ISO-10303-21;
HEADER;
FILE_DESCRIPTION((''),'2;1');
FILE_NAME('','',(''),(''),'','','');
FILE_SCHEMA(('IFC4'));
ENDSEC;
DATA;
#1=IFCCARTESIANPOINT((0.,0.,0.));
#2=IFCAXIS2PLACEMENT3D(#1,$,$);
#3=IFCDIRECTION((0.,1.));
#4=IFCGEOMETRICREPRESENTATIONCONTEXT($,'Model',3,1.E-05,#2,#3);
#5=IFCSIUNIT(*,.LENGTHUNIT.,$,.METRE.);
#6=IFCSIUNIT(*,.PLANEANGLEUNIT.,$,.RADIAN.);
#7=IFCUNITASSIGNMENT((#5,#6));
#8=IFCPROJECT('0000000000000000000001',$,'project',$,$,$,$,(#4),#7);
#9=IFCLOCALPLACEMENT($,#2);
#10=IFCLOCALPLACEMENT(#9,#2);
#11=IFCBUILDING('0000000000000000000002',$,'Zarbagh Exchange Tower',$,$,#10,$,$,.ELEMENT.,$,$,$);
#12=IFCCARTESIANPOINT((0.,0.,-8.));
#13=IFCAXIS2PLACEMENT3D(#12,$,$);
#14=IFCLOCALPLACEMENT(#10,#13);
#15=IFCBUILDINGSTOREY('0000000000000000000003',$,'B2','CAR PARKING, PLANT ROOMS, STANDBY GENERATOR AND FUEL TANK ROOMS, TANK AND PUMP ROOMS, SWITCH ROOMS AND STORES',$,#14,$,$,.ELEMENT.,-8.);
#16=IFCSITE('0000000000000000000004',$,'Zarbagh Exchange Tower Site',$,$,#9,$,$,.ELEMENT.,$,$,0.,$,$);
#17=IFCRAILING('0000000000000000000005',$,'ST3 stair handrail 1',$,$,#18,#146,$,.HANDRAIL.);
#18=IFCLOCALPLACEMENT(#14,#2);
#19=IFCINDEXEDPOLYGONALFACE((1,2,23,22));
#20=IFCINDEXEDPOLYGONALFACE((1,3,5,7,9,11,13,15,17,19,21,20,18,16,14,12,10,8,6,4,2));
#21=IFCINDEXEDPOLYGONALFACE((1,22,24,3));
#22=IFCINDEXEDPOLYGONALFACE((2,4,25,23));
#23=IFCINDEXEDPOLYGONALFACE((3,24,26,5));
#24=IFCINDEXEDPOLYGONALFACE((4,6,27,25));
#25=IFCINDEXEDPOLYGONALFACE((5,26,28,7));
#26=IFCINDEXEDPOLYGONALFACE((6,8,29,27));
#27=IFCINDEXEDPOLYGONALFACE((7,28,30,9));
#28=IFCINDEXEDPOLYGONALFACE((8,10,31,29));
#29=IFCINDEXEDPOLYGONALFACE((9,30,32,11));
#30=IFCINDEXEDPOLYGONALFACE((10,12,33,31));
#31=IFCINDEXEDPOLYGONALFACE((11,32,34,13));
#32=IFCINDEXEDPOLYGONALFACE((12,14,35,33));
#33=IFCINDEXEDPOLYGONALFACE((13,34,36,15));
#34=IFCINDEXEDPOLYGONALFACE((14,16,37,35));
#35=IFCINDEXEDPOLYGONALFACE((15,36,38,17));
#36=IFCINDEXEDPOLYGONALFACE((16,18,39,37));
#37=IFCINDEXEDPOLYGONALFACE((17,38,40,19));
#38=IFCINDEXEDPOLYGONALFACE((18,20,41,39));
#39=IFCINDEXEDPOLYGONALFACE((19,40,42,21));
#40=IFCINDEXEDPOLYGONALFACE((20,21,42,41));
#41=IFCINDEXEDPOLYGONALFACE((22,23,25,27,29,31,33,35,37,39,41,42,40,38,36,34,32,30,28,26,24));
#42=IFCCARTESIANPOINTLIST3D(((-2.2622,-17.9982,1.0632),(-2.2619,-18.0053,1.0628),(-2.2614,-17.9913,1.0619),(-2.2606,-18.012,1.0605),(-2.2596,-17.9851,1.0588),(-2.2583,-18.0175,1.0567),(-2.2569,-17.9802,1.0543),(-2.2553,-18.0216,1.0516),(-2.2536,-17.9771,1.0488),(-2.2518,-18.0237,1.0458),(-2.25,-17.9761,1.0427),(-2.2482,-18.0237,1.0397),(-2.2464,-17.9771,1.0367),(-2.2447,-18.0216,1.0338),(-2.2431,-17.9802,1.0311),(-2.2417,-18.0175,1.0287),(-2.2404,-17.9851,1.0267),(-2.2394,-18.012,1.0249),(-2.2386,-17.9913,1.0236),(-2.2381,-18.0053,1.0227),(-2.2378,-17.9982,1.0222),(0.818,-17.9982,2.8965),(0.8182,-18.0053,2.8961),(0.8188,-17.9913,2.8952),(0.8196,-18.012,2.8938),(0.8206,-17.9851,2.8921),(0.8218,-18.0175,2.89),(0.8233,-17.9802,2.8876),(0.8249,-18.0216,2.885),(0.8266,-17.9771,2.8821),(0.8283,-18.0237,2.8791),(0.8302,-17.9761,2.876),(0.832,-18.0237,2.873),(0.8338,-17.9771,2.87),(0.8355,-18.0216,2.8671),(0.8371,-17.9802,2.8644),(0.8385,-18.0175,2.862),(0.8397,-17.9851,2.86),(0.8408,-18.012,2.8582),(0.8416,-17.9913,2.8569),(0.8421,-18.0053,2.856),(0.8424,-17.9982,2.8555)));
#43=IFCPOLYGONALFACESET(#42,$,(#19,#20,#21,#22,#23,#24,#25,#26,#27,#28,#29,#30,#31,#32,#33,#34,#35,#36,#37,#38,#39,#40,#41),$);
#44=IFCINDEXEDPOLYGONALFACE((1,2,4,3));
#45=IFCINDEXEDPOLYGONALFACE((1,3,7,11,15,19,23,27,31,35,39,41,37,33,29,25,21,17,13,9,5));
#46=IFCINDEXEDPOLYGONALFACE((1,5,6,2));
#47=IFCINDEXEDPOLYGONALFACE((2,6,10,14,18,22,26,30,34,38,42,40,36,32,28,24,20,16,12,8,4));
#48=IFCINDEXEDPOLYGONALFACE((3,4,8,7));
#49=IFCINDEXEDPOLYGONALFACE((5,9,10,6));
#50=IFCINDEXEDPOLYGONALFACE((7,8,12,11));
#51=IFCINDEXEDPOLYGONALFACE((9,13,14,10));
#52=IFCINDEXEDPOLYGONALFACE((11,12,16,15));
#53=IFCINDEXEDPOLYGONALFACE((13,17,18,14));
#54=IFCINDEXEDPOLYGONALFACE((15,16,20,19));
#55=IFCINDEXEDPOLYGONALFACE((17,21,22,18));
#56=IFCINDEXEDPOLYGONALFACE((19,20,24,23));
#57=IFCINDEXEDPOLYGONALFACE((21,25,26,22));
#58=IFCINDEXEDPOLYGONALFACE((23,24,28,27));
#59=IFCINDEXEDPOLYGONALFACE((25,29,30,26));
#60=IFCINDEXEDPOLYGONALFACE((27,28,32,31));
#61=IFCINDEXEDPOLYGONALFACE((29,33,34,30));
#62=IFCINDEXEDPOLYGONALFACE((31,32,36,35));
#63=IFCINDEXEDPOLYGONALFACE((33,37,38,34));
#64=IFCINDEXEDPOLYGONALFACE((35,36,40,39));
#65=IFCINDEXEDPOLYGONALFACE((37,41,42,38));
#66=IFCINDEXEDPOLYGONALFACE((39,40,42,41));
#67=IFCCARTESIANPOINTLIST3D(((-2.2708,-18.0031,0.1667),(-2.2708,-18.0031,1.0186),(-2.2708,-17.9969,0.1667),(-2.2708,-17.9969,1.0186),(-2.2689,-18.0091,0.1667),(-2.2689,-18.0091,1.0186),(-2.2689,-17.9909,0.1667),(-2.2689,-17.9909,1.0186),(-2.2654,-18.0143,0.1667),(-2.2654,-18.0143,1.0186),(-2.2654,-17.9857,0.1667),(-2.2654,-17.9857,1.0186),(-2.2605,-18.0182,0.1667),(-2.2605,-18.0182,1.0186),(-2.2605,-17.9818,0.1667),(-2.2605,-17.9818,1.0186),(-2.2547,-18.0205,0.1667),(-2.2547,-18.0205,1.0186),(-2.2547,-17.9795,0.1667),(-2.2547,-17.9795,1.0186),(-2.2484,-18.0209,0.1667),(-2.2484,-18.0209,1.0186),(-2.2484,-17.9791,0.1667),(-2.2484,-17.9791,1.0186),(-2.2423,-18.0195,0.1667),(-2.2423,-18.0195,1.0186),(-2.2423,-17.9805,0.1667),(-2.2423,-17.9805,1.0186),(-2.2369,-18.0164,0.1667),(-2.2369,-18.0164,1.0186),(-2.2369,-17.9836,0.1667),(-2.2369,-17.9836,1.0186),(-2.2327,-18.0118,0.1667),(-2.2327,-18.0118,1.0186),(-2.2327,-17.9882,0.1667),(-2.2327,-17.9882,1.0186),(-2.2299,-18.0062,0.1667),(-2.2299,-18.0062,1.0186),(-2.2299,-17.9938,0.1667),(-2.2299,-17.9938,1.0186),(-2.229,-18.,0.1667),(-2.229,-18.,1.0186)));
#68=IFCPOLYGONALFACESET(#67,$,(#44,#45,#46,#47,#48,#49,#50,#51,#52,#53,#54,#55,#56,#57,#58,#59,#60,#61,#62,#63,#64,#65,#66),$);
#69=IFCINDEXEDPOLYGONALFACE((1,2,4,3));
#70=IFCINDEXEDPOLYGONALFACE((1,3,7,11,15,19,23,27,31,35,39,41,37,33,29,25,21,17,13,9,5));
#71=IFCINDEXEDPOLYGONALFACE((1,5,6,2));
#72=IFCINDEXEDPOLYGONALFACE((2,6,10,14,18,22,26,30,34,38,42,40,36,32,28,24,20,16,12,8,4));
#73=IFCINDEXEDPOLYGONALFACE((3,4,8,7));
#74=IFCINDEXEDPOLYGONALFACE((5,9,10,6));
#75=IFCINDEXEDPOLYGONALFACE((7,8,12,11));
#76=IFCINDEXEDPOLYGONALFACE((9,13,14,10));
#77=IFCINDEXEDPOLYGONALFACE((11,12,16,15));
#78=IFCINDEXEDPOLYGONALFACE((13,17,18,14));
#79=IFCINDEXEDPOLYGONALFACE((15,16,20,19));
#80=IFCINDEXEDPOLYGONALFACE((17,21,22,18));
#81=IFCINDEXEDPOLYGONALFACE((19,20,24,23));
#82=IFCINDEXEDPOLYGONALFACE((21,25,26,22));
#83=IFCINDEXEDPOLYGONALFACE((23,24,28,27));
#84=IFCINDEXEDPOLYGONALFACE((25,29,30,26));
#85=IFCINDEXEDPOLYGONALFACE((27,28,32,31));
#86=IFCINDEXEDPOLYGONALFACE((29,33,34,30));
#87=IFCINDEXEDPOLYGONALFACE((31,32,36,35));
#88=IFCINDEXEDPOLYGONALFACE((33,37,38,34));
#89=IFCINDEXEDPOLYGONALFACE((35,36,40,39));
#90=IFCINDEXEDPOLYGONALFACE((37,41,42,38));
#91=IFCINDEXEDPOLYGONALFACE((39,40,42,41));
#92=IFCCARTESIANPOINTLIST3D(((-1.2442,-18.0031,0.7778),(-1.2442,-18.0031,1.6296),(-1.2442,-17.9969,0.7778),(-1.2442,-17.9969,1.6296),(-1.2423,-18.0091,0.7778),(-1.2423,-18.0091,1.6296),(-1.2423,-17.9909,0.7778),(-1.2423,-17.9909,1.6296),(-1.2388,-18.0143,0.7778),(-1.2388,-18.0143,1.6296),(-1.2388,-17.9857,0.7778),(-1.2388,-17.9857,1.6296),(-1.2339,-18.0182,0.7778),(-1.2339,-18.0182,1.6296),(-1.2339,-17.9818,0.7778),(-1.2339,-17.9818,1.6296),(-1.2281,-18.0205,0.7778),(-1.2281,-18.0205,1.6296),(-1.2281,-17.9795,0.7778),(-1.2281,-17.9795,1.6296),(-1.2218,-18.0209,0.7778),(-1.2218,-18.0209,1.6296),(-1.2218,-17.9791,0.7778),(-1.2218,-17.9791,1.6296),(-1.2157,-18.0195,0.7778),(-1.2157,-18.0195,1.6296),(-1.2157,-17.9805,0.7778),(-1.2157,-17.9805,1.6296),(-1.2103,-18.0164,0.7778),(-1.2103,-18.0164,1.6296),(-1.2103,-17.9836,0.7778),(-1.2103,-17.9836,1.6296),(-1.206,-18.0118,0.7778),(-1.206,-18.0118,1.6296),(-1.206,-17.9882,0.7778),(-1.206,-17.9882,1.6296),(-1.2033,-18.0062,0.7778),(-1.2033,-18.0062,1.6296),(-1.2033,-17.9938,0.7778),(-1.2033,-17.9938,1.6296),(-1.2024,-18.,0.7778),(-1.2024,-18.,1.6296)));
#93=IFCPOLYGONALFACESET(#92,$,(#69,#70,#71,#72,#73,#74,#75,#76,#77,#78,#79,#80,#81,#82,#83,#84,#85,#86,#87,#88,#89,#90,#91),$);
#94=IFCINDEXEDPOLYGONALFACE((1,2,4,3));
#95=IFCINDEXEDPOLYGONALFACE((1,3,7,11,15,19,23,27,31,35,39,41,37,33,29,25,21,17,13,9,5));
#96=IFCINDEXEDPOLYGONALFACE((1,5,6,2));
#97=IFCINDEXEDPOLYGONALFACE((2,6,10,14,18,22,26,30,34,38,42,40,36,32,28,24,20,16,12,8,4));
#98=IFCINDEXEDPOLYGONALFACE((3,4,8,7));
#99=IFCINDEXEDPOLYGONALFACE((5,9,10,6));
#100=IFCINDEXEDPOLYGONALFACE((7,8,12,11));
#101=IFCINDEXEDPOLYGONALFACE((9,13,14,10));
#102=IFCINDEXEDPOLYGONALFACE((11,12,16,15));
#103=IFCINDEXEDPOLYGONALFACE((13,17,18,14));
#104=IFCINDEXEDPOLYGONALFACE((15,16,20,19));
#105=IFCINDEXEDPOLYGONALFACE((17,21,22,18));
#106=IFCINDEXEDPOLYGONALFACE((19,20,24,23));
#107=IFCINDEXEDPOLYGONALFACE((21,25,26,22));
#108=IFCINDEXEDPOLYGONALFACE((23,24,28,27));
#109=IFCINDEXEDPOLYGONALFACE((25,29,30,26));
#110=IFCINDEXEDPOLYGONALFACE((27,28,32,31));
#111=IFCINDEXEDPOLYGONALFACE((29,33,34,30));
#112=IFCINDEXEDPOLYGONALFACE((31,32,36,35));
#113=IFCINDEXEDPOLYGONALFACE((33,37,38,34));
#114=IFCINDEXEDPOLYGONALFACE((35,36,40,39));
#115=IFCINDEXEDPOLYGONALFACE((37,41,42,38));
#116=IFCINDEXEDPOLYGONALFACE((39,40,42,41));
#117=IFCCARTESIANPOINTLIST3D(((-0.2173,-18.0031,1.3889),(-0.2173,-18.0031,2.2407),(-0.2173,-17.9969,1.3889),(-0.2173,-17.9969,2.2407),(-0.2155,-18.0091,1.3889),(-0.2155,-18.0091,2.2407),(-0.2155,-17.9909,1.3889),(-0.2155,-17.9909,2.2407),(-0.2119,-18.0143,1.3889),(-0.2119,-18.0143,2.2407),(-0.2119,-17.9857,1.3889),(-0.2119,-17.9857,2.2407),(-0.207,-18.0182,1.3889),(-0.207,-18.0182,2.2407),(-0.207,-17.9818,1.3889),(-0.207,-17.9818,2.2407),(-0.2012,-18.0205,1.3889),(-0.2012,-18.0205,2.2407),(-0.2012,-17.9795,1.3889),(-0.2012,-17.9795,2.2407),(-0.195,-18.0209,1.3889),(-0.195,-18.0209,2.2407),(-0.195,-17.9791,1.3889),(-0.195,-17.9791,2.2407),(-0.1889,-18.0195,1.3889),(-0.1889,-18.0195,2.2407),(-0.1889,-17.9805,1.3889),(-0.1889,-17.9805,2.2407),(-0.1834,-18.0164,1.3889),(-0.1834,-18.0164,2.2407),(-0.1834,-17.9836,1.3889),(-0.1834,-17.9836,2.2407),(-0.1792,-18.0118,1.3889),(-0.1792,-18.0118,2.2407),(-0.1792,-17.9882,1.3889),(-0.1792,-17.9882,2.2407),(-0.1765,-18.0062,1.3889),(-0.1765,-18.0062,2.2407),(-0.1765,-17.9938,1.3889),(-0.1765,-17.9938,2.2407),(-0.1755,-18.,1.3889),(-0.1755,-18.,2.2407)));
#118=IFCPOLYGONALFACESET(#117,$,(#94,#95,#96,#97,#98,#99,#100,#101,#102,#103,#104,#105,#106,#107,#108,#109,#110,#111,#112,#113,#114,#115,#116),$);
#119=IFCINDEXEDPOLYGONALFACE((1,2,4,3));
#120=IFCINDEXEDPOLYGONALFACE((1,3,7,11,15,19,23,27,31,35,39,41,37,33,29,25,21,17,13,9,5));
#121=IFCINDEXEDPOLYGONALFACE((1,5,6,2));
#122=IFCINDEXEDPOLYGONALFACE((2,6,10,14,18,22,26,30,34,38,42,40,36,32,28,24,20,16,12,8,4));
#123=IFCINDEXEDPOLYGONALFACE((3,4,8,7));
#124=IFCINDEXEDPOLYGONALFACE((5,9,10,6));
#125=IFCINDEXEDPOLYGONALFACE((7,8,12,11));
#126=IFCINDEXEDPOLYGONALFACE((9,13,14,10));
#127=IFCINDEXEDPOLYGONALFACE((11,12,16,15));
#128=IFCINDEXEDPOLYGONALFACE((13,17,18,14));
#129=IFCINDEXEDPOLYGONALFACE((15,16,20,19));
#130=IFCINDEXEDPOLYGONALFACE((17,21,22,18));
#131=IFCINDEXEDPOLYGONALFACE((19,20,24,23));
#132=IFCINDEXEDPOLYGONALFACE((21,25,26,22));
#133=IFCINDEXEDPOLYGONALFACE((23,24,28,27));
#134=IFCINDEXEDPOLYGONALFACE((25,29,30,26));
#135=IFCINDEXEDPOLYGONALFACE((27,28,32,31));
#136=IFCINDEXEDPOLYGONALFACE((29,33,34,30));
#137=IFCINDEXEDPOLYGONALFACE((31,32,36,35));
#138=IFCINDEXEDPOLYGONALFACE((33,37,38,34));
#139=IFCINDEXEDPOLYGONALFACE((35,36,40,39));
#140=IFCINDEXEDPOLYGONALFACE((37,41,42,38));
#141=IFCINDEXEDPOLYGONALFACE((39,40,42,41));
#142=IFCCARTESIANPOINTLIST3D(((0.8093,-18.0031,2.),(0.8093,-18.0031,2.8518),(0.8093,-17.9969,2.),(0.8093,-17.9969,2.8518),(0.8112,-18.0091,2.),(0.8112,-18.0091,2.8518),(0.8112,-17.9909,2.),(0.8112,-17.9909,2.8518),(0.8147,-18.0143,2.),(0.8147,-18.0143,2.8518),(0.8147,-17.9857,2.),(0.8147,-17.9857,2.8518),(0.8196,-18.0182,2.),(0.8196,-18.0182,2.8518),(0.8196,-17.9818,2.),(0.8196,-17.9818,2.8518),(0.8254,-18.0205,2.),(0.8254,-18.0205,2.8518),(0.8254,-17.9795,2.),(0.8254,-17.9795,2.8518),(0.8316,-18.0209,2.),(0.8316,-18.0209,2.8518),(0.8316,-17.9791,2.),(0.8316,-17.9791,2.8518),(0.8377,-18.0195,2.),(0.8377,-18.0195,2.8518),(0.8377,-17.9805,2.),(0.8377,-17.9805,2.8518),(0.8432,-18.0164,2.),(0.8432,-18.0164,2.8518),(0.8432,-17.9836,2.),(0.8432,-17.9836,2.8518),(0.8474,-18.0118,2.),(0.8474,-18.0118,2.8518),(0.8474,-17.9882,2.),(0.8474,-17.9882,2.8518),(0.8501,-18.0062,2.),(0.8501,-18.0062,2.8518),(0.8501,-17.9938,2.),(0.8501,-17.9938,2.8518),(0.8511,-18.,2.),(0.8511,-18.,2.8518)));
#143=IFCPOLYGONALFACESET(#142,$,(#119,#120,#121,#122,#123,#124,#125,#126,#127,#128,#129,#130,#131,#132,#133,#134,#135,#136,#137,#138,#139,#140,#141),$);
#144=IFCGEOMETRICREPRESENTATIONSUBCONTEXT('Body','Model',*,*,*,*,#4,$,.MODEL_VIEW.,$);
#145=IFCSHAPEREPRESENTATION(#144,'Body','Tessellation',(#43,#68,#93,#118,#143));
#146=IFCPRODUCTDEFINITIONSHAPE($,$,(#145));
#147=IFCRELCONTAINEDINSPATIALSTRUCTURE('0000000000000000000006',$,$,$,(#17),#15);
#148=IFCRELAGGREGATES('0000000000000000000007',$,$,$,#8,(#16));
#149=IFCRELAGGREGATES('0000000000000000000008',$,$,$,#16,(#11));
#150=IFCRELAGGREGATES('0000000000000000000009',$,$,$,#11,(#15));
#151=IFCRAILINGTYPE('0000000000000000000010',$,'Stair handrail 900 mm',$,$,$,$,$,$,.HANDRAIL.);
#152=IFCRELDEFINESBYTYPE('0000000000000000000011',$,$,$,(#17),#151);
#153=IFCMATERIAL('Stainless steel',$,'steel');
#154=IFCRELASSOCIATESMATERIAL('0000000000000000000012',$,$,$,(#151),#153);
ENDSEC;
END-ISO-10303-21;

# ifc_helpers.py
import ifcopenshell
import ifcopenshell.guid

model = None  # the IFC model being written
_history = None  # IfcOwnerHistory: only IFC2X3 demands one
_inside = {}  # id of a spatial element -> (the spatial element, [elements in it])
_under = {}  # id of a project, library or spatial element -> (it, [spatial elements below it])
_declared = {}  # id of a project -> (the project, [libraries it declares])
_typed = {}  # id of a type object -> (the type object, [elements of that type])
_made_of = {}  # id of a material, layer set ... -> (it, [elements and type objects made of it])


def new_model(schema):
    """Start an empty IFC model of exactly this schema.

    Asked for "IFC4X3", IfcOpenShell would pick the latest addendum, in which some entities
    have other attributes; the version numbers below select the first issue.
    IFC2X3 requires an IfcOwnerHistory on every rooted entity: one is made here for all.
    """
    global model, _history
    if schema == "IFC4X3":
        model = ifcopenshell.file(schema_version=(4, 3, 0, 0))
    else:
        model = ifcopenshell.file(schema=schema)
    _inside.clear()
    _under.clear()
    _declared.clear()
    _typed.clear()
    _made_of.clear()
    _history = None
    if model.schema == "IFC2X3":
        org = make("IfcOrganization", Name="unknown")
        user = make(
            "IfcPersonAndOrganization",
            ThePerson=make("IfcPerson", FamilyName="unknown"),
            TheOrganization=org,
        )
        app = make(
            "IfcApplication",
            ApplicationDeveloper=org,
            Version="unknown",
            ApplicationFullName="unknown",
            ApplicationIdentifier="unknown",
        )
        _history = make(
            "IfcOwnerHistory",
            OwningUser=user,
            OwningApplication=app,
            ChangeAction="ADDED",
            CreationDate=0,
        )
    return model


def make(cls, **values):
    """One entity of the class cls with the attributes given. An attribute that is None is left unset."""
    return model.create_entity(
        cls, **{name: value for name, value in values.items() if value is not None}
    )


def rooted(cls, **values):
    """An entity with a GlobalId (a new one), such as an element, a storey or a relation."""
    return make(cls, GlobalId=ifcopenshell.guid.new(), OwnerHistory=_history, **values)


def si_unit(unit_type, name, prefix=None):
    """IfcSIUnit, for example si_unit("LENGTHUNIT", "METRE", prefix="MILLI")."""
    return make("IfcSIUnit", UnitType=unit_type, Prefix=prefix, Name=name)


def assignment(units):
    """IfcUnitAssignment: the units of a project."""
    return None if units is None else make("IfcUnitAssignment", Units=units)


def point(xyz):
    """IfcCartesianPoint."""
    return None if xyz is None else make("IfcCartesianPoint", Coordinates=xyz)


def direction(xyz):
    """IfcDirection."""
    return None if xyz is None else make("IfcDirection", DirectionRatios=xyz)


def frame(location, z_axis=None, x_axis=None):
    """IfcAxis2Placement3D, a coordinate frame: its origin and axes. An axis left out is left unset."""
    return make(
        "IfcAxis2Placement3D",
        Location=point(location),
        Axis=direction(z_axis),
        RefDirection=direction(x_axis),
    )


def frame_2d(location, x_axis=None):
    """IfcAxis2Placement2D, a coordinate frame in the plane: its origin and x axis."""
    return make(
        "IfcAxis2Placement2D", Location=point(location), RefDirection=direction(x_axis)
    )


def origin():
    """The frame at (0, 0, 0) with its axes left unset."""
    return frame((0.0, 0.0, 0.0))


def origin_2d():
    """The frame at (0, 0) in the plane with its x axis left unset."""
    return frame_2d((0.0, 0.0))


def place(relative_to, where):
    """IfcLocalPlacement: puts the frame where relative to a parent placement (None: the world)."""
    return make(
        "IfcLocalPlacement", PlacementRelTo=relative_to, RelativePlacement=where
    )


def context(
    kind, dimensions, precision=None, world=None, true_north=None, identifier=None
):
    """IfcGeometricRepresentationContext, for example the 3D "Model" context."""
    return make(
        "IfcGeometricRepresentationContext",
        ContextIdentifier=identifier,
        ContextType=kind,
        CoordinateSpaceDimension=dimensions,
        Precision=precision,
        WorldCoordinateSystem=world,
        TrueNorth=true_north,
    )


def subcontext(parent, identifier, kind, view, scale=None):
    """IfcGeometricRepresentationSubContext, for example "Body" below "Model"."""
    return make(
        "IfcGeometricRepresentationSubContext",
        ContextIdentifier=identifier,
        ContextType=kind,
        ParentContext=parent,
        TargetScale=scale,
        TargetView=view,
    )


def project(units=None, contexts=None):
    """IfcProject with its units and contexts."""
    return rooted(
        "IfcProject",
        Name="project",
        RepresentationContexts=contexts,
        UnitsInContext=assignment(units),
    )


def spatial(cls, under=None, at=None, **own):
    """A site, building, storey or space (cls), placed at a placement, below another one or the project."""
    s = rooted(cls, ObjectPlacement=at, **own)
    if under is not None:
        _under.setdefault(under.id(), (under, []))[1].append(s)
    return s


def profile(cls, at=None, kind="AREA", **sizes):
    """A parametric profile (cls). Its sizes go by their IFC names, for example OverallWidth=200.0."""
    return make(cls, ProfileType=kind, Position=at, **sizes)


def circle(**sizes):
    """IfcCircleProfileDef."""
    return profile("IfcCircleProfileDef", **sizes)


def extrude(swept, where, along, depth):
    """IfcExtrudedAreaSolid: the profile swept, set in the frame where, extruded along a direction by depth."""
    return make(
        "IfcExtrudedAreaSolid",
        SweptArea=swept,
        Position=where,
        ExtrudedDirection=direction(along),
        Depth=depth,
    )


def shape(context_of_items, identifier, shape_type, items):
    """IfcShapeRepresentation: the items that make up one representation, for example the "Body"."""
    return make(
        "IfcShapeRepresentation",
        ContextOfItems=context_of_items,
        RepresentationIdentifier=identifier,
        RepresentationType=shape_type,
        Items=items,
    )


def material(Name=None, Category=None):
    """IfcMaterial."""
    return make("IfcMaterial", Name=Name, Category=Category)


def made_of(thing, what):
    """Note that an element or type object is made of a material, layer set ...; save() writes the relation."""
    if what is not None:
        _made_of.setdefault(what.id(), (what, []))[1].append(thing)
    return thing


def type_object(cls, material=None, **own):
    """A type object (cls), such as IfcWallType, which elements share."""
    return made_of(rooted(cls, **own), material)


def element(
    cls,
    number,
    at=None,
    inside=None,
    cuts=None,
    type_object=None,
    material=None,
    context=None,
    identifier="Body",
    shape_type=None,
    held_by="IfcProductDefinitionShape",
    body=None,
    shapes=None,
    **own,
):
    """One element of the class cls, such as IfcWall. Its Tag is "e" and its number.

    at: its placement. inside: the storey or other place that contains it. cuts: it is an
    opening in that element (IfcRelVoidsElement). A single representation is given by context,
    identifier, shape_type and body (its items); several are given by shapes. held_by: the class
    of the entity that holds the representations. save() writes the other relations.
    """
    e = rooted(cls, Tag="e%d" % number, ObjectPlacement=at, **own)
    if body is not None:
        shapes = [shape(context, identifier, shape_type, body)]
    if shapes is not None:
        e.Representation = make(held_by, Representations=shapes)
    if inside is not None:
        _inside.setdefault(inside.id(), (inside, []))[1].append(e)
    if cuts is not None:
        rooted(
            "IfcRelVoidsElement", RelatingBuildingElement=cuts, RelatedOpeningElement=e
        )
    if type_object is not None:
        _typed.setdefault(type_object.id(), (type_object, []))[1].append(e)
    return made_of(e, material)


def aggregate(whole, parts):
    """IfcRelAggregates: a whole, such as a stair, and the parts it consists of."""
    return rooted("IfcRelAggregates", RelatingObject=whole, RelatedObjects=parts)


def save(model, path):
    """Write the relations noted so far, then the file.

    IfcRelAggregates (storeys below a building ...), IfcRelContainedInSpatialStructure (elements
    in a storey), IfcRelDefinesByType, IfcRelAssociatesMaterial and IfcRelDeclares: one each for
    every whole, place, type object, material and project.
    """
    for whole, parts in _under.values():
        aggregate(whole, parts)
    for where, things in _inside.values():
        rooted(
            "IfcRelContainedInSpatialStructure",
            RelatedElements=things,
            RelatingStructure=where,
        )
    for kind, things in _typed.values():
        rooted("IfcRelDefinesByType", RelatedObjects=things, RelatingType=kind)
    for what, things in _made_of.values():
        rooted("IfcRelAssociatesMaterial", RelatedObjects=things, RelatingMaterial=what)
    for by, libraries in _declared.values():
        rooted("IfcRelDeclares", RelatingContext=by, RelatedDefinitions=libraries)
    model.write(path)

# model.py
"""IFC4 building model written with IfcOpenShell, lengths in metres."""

from ifc_helpers import new_model, si_unit, direction, frame, origin, origin_2d, place, context, subcontext, project, spatial, circle, extrude, material, type_object, element, save


model = new_model("IFC4")

# Units and contexts
model_context = context("Model", 3, precision=1e-05, world=origin(), true_north=direction((0.0, 1.0)))
body_context = subcontext(model_context, "Body", "Model", "MODEL_VIEW")
ifc_project = project(units=[si_unit("LENGTHUNIT", "METRE"), si_unit("PLANEANGLEUNIT", "RADIAN")], contexts=[model_context])

# Site, building, storey
site_placement = place(None, origin())
site = spatial("IfcSite", under=ifc_project, at=site_placement, Name="Zarbagh Exchange Tower Site", CompositionType="ELEMENT", RefElevation=0.0)
building_placement = place(site_placement, origin())
building = spatial("IfcBuilding", under=site, at=building_placement, Name="Zarbagh Exchange Tower", CompositionType="ELEMENT")
storey_placement = place(building_placement, frame((0.0, 0.0, -8.0)))
storey = spatial("IfcBuildingStorey", under=building, at=storey_placement, Name="B2", Description="CAR PARKING, PLANT ROOMS, STANDBY GENERATOR AND FUEL TANK ROOMS, TANK AND PUMP ROOMS, SWITCH ROOMS AND STORES", CompositionType="ELEMENT", Elevation=-8.0)

# Shared definitions
ifc_material_1 = material(Name="Stainless steel", Category="steel")

# Railing
railing_type = type_object("IfcRailingType", Name="Stair handrail 900 mm", PredefinedType="HANDRAIL", material=ifc_material_1)
railing_placement = place(storey_placement, frame((-2.25, -18.0, 0.1667)))
element("IfcRailing", 1, at=railing_placement, inside=storey, type_object=railing_type, Name="ST3 stair handrail 1", PredefinedType="HANDRAIL", context=body_context, shape_type="SweptSolid", body=[
    extrude(circle(Radius=0.0239, at=origin_2d()), frame((0.0, 0.0, 0.876), z_axis=(0.859309, 0.0, 0.511458), x_axis=(0.0, 1.0, 0.0)), (0.0, 0.0, 1.0), 3.5845),
    extrude(circle(Radius=0.021, at=origin_2d()), origin(), (0.0, 0.0, 1.0), 0.8518),
    extrude(circle(Radius=0.021, at=origin_2d()), frame((1.0266, 0.0, 0.6111)), (0.0, 0.0, 1.0), 0.8518),
    extrude(circle(Radius=0.021, at=origin_2d()), frame((2.0535, 0.0, 1.2222)), (0.0, 0.0, 1.0), 0.8518),
    extrude(circle(Radius=0.021, at=origin_2d()), frame((3.0801, 0.0, 1.8333)), (0.0, 0.0, 1.0), 0.8518),
])

save(model, "model.ifc")
